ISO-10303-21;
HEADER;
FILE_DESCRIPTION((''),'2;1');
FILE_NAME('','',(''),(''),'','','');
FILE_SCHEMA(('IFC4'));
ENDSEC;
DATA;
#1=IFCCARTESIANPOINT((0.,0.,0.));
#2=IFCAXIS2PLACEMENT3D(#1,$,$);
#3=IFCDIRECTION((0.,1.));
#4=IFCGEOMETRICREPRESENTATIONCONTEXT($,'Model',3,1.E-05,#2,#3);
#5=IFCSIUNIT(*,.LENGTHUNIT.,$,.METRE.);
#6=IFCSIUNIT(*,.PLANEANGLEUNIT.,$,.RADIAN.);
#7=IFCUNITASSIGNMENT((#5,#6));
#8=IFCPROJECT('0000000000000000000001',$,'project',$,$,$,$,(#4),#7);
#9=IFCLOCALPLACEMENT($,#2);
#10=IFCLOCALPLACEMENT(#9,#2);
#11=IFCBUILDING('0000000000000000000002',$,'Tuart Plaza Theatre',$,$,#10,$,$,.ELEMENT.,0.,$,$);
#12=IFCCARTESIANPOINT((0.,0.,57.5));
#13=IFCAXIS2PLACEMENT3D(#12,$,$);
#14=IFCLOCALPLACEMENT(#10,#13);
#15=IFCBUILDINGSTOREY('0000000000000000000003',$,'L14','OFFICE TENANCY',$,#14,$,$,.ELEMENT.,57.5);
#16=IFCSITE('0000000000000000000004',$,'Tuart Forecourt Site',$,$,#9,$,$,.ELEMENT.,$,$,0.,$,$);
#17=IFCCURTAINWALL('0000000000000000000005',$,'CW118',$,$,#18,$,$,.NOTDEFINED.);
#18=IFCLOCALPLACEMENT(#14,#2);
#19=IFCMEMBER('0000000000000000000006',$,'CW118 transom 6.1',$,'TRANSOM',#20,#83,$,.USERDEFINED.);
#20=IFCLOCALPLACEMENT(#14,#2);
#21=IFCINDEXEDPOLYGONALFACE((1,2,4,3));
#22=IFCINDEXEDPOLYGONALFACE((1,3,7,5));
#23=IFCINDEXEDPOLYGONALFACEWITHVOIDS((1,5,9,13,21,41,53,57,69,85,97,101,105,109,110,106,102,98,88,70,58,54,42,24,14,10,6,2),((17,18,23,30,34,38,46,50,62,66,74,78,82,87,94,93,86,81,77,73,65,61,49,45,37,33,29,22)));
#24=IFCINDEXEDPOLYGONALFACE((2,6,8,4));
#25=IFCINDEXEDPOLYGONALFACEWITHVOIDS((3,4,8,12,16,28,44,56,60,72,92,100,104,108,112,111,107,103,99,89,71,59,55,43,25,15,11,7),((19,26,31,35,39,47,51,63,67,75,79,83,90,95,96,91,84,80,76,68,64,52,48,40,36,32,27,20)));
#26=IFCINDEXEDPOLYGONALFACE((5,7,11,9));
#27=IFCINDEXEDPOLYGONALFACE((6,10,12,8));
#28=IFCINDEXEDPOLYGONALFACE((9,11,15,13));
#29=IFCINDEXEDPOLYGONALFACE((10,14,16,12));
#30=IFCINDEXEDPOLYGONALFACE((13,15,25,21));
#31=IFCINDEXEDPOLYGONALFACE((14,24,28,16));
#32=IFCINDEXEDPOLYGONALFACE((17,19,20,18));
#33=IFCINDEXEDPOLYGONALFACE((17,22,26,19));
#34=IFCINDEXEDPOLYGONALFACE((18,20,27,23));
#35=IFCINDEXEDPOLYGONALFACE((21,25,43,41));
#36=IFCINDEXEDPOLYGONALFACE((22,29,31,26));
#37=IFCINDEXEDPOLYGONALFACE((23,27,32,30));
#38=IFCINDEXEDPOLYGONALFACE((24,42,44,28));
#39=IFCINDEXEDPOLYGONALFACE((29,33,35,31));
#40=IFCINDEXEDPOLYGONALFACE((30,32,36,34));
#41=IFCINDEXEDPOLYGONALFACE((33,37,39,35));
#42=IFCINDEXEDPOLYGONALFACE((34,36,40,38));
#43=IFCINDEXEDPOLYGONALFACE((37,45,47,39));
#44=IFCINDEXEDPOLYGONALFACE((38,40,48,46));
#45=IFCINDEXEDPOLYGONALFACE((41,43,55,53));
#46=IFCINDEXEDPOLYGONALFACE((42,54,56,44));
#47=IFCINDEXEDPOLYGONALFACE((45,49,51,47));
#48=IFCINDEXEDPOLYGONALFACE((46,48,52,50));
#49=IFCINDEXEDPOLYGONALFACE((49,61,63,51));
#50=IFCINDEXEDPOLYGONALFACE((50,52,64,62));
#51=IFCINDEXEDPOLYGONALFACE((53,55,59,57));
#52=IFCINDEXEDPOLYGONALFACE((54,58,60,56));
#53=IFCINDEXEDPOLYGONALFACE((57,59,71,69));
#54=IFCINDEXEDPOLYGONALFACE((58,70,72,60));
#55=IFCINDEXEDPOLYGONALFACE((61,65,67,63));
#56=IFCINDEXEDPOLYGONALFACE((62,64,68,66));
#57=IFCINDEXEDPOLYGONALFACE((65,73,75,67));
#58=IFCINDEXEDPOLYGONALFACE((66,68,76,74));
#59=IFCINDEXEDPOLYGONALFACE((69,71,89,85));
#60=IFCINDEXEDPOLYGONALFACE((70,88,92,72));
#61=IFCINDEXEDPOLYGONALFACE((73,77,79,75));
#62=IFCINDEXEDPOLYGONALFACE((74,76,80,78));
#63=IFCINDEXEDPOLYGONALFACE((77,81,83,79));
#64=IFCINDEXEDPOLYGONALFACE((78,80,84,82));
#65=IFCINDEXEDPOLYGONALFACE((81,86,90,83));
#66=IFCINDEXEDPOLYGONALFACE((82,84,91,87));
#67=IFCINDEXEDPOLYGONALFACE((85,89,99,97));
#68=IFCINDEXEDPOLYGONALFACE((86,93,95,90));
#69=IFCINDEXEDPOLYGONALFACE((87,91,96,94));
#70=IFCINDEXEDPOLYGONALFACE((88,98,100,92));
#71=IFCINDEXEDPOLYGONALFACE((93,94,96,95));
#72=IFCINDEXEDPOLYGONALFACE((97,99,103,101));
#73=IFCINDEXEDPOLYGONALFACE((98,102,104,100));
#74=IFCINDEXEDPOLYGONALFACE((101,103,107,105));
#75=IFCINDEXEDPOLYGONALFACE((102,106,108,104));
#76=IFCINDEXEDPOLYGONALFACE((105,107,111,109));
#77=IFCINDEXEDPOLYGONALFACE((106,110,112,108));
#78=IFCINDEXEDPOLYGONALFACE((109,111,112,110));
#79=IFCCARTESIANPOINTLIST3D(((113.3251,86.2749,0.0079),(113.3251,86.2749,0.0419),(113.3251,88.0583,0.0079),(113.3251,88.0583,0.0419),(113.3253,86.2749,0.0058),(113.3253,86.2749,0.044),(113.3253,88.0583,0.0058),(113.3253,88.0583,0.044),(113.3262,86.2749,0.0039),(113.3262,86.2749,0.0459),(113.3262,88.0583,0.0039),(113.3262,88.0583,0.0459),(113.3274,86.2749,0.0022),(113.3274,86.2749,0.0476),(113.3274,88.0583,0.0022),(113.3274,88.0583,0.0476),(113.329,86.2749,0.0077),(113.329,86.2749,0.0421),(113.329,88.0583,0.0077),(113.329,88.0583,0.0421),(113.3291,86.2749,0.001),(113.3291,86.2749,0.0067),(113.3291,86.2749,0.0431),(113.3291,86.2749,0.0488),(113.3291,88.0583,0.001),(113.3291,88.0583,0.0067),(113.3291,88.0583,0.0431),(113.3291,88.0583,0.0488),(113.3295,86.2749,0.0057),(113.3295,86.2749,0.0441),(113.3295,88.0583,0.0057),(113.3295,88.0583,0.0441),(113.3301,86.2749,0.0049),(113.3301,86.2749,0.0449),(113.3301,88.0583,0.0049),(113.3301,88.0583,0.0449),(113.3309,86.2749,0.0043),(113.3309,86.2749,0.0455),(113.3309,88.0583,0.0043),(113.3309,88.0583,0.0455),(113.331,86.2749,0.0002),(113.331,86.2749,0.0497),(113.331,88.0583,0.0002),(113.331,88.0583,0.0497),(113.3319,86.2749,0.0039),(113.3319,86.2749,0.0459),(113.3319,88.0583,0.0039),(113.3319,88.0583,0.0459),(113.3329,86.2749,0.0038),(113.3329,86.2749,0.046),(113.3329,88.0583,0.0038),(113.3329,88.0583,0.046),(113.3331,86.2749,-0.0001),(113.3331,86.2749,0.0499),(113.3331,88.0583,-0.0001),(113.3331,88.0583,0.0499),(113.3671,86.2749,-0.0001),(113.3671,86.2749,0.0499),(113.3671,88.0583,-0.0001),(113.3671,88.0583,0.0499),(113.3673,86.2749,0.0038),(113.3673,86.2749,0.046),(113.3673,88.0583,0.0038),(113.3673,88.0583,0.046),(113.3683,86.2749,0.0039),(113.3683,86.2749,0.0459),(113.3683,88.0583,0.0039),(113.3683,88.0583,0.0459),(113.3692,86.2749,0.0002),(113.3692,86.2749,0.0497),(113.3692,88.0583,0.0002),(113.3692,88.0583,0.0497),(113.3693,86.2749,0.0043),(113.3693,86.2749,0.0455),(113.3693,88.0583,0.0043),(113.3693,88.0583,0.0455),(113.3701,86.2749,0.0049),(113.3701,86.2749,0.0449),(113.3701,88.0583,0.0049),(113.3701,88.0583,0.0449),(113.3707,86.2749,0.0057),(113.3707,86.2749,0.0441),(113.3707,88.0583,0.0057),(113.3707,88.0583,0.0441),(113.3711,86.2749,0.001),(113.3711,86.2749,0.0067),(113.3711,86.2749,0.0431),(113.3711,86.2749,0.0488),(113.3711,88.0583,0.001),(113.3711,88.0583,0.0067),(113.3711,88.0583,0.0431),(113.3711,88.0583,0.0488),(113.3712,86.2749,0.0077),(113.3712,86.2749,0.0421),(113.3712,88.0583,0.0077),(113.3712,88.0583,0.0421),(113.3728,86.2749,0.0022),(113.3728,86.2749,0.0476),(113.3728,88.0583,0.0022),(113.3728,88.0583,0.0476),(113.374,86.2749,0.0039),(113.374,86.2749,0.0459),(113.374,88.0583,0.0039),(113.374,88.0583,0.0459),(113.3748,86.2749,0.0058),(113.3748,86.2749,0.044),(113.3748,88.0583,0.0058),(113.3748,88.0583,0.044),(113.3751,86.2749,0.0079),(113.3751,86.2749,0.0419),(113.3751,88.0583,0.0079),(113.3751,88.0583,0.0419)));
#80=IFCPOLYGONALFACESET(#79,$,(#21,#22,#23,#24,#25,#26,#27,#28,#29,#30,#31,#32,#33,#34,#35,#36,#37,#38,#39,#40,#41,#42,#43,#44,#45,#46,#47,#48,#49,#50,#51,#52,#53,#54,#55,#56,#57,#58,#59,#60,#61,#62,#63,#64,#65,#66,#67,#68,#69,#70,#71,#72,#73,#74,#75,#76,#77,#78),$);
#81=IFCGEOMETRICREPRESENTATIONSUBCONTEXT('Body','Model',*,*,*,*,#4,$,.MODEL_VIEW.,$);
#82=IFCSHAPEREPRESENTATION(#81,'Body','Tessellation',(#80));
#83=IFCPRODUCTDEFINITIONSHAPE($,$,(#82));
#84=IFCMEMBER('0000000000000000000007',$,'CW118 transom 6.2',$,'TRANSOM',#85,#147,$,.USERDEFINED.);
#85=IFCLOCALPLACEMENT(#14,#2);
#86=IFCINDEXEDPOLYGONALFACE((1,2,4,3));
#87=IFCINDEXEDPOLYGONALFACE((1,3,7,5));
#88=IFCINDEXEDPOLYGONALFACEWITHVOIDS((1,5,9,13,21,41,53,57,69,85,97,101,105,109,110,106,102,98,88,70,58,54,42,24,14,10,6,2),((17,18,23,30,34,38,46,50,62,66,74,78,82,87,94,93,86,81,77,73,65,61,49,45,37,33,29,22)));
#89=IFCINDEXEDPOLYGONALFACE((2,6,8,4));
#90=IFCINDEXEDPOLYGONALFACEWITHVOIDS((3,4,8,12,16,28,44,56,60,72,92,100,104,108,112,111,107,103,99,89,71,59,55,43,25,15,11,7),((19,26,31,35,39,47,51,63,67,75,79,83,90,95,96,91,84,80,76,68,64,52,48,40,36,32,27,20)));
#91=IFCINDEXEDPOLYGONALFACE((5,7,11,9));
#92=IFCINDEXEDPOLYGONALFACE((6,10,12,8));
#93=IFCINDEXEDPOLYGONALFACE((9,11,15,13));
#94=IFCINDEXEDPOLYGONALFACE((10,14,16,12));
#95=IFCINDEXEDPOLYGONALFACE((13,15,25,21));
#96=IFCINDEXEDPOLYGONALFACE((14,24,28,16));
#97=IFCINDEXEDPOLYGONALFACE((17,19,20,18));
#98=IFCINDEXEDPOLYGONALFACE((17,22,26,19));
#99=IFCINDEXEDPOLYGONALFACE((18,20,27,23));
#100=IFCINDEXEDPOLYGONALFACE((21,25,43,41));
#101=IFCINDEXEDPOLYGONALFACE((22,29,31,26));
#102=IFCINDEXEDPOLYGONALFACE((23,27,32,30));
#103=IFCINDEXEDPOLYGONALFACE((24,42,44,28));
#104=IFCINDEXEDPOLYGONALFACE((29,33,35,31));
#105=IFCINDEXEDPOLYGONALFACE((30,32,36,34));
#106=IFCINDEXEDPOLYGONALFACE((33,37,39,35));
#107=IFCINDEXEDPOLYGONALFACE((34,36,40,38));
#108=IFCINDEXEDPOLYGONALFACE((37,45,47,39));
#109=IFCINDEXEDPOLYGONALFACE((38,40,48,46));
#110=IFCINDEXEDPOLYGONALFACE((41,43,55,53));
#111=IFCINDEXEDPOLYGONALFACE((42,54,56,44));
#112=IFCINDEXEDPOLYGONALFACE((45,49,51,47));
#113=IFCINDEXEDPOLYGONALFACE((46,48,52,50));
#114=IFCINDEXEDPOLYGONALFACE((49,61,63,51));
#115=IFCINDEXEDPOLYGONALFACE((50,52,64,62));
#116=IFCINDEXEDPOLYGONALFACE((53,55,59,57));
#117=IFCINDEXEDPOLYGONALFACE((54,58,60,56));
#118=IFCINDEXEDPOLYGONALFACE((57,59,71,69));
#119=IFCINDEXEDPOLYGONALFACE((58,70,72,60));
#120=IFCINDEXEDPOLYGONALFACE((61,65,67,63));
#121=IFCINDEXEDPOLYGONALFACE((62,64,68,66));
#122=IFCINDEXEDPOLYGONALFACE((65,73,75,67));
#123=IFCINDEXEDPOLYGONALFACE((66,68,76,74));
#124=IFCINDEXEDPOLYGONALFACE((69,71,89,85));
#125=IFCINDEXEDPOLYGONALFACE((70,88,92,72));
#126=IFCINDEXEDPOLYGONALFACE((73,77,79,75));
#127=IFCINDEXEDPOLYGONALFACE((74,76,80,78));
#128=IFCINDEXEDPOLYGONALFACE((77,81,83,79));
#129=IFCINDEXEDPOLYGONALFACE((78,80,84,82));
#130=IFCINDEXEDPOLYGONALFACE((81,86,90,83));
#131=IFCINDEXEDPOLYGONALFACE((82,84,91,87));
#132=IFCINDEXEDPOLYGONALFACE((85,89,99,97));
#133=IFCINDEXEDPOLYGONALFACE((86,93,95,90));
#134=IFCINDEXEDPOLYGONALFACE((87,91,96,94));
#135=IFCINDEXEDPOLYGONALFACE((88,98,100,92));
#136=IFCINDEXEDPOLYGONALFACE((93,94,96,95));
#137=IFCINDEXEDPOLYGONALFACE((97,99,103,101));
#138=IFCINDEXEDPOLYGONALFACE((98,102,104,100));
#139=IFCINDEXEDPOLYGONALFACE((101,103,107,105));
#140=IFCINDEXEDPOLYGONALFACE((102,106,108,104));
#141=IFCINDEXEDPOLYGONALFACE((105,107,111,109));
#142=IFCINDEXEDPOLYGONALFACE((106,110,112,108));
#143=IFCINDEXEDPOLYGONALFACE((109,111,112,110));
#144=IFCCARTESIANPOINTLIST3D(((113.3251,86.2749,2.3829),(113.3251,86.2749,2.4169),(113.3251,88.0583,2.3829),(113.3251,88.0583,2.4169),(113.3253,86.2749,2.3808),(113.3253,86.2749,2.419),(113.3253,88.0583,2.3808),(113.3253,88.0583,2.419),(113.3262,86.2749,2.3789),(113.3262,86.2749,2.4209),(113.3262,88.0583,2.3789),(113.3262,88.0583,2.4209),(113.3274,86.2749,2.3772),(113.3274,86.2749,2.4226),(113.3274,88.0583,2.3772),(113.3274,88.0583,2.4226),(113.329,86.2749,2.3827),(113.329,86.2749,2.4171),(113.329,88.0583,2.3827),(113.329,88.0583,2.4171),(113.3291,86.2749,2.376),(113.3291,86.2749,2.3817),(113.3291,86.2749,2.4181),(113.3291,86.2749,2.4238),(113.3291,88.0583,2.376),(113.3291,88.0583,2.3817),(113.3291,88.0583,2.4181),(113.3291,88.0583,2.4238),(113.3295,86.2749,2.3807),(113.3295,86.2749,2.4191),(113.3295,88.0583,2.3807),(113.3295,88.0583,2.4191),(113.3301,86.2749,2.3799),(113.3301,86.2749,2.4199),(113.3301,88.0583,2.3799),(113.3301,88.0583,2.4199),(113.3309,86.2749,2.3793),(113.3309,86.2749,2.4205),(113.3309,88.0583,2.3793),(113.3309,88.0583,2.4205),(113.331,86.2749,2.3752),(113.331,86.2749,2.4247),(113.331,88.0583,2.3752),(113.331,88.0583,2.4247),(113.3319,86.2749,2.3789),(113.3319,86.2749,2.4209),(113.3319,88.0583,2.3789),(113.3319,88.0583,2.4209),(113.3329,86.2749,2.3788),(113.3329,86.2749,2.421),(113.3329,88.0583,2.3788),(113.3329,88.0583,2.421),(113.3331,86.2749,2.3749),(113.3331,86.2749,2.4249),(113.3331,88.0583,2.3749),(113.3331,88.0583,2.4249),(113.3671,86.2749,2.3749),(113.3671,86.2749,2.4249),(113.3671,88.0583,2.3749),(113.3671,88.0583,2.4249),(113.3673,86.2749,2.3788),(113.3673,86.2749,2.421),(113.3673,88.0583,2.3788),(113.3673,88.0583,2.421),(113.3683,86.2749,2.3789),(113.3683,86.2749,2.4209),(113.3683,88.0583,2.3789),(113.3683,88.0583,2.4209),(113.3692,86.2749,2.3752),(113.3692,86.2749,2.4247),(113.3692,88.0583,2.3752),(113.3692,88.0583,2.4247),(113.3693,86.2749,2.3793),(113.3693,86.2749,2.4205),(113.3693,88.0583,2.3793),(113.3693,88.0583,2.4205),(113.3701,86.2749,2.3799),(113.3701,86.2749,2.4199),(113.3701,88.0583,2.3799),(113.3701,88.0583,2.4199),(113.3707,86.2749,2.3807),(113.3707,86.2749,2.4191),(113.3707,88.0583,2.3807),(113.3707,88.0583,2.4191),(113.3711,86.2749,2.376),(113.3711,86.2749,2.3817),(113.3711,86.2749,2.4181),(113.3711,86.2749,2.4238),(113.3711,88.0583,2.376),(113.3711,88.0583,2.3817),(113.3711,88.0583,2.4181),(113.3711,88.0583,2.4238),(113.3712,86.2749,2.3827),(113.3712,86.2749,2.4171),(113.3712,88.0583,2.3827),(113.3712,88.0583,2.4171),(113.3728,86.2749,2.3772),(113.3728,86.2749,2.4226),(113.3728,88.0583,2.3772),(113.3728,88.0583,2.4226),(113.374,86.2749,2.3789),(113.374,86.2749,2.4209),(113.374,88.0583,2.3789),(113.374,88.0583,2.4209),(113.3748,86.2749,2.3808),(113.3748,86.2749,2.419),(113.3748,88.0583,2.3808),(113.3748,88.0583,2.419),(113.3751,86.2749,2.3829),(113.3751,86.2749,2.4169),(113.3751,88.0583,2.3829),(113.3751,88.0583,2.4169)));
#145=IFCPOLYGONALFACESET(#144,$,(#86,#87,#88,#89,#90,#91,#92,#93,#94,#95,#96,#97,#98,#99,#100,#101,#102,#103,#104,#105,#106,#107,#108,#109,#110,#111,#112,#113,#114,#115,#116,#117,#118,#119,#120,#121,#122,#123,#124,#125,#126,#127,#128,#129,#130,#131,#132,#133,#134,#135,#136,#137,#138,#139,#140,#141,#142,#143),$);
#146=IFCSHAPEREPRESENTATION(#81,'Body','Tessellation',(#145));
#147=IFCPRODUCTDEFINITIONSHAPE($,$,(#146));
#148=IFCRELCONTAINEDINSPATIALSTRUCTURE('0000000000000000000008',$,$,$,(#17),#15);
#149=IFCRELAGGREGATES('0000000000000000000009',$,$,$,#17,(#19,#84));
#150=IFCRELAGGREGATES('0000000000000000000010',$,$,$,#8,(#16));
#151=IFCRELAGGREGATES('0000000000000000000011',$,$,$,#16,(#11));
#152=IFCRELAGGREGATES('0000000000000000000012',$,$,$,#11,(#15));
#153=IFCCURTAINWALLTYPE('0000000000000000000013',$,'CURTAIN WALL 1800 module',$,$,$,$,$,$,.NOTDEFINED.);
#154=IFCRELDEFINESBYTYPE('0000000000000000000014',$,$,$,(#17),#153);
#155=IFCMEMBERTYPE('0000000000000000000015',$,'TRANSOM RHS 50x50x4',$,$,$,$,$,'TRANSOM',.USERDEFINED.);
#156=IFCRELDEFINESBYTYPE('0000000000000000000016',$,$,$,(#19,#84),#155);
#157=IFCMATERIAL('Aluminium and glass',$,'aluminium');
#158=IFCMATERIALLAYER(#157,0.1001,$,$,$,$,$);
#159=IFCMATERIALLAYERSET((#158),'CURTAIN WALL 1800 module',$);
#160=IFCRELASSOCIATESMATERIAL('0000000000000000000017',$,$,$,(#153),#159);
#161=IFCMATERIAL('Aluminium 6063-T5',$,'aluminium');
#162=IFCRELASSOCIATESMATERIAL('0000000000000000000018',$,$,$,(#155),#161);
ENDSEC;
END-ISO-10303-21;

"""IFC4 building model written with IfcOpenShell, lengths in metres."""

from ifc_helpers import new_model, si_unit, direction, frame, origin, origin_2d, place, context, subcontext, project, spatial, hollow_rectangle, extrude, material, layer, layer_set, material_profile, profile_set, type_object, element, aggregate, save


model = new_model("IFC4")

# Units and contexts
model_context = context("Model", 3, precision=1e-05, world=origin(), true_north=direction((0.0, 1.0)))
body_context = subcontext(model_context, "Body", "Model", "MODEL_VIEW")
ifc_project = project(units=[si_unit("LENGTHUNIT", "METRE"), si_unit("PLANEANGLEUNIT", "RADIAN")], contexts=[model_context])

# Site, building, storey
site_placement = place(None, origin())
site = spatial("IfcSite", under=ifc_project, at=site_placement, Name="Tuart Forecourt Site", CompositionType="ELEMENT", RefElevation=0.0)
building_placement = place(site_placement, origin())
building = spatial("IfcBuilding", under=site, at=building_placement, Name="Tuart Plaza Theatre", CompositionType="ELEMENT", ElevationOfRefHeight=0.0)
storey_placement = place(building_placement, frame((0.0, 0.0, 57.5)))
storey = spatial("IfcBuildingStorey", under=building, at=storey_placement, Name="L14", Description="OFFICE TENANCY", CompositionType="ELEMENT", Elevation=57.5)

# Curtain wall, members
ifc_material_1 = material(Name="Aluminium and glass", Category="aluminium")
ifc_layer_1 = layer(ifc_material_1, 0.1001)
ifc_layer_set_1 = layer_set([ifc_layer_1], Name="CURTAIN WALL 1800 module")
curtain_wall_type = type_object("IfcCurtainWallType", Name="CURTAIN WALL 1800 module", PredefinedType="NOTDEFINED", material=ifc_layer_set_1)
curtain_wall_placement = place(storey_placement, origin())
curtain_wall = element("IfcCurtainWall", 1, at=curtain_wall_placement, inside=storey, type_object=curtain_wall_type, Name="CW118", PredefinedType="NOTDEFINED")
ifc_material_2 = material(Name="Aluminium 6063-T5", Category="aluminium")
ifc_material_profile = material_profile(ifc_material_2, hollow_rectangle(XDim=0.05, YDim=0.05, WallThickness=0.0039, InnerFilletRadius=0.0039, OuterFilletRadius=0.0081, at=origin_2d()), Name="RHS 50x50x4")
ifc_profile_set = profile_set([ifc_material_profile], Name="Aluminium 6063-T5")
member_type = type_object("IfcMemberType", Name="TRANSOM RHS 50x50x4", ElementType="TRANSOM", PredefinedType="USERDEFINED", material=ifc_profile_set)
member_1_placement = place(storey_placement, frame((113.3501, 88.0583, 0.0249), z_axis=(0.0, -1.0, 0.0), x_axis=(1.0, 0.0, 0.0)))
member_1 = element("IfcMember", 2, at=member_1_placement, type_object=member_type, Name="CW118 transom 6.1", ObjectType="TRANSOM", PredefinedType="USERDEFINED", context=body_context, shape_type="SweptSolid", body=[
    extrude(hollow_rectangle(XDim=0.05, YDim=0.05, WallThickness=0.0039, InnerFilletRadius=0.0039, OuterFilletRadius=0.0081, at=origin_2d()), origin(), (0.0, 0.0, 1.0), 1.7834),
])
member_2_placement = place(storey_placement, frame((113.3501, 88.0583, 2.3999), z_axis=(0.0, -1.0, 0.0), x_axis=(1.0, 0.0, 0.0)))
member_2 = element("IfcMember", 3, at=member_2_placement, type_object=member_type, Name="CW118 transom 6.2", ObjectType="TRANSOM", PredefinedType="USERDEFINED", context=body_context, shape_type="SweptSolid", body=[
    extrude(hollow_rectangle(XDim=0.05, YDim=0.05, WallThickness=0.0039, InnerFilletRadius=0.0039, OuterFilletRadius=0.0081, at=origin_2d()), origin(), (0.0, 0.0, 1.0), 1.7834),
])
aggregate(curtain_wall, [member_1, member_2])

save(model, "model.ifc")
